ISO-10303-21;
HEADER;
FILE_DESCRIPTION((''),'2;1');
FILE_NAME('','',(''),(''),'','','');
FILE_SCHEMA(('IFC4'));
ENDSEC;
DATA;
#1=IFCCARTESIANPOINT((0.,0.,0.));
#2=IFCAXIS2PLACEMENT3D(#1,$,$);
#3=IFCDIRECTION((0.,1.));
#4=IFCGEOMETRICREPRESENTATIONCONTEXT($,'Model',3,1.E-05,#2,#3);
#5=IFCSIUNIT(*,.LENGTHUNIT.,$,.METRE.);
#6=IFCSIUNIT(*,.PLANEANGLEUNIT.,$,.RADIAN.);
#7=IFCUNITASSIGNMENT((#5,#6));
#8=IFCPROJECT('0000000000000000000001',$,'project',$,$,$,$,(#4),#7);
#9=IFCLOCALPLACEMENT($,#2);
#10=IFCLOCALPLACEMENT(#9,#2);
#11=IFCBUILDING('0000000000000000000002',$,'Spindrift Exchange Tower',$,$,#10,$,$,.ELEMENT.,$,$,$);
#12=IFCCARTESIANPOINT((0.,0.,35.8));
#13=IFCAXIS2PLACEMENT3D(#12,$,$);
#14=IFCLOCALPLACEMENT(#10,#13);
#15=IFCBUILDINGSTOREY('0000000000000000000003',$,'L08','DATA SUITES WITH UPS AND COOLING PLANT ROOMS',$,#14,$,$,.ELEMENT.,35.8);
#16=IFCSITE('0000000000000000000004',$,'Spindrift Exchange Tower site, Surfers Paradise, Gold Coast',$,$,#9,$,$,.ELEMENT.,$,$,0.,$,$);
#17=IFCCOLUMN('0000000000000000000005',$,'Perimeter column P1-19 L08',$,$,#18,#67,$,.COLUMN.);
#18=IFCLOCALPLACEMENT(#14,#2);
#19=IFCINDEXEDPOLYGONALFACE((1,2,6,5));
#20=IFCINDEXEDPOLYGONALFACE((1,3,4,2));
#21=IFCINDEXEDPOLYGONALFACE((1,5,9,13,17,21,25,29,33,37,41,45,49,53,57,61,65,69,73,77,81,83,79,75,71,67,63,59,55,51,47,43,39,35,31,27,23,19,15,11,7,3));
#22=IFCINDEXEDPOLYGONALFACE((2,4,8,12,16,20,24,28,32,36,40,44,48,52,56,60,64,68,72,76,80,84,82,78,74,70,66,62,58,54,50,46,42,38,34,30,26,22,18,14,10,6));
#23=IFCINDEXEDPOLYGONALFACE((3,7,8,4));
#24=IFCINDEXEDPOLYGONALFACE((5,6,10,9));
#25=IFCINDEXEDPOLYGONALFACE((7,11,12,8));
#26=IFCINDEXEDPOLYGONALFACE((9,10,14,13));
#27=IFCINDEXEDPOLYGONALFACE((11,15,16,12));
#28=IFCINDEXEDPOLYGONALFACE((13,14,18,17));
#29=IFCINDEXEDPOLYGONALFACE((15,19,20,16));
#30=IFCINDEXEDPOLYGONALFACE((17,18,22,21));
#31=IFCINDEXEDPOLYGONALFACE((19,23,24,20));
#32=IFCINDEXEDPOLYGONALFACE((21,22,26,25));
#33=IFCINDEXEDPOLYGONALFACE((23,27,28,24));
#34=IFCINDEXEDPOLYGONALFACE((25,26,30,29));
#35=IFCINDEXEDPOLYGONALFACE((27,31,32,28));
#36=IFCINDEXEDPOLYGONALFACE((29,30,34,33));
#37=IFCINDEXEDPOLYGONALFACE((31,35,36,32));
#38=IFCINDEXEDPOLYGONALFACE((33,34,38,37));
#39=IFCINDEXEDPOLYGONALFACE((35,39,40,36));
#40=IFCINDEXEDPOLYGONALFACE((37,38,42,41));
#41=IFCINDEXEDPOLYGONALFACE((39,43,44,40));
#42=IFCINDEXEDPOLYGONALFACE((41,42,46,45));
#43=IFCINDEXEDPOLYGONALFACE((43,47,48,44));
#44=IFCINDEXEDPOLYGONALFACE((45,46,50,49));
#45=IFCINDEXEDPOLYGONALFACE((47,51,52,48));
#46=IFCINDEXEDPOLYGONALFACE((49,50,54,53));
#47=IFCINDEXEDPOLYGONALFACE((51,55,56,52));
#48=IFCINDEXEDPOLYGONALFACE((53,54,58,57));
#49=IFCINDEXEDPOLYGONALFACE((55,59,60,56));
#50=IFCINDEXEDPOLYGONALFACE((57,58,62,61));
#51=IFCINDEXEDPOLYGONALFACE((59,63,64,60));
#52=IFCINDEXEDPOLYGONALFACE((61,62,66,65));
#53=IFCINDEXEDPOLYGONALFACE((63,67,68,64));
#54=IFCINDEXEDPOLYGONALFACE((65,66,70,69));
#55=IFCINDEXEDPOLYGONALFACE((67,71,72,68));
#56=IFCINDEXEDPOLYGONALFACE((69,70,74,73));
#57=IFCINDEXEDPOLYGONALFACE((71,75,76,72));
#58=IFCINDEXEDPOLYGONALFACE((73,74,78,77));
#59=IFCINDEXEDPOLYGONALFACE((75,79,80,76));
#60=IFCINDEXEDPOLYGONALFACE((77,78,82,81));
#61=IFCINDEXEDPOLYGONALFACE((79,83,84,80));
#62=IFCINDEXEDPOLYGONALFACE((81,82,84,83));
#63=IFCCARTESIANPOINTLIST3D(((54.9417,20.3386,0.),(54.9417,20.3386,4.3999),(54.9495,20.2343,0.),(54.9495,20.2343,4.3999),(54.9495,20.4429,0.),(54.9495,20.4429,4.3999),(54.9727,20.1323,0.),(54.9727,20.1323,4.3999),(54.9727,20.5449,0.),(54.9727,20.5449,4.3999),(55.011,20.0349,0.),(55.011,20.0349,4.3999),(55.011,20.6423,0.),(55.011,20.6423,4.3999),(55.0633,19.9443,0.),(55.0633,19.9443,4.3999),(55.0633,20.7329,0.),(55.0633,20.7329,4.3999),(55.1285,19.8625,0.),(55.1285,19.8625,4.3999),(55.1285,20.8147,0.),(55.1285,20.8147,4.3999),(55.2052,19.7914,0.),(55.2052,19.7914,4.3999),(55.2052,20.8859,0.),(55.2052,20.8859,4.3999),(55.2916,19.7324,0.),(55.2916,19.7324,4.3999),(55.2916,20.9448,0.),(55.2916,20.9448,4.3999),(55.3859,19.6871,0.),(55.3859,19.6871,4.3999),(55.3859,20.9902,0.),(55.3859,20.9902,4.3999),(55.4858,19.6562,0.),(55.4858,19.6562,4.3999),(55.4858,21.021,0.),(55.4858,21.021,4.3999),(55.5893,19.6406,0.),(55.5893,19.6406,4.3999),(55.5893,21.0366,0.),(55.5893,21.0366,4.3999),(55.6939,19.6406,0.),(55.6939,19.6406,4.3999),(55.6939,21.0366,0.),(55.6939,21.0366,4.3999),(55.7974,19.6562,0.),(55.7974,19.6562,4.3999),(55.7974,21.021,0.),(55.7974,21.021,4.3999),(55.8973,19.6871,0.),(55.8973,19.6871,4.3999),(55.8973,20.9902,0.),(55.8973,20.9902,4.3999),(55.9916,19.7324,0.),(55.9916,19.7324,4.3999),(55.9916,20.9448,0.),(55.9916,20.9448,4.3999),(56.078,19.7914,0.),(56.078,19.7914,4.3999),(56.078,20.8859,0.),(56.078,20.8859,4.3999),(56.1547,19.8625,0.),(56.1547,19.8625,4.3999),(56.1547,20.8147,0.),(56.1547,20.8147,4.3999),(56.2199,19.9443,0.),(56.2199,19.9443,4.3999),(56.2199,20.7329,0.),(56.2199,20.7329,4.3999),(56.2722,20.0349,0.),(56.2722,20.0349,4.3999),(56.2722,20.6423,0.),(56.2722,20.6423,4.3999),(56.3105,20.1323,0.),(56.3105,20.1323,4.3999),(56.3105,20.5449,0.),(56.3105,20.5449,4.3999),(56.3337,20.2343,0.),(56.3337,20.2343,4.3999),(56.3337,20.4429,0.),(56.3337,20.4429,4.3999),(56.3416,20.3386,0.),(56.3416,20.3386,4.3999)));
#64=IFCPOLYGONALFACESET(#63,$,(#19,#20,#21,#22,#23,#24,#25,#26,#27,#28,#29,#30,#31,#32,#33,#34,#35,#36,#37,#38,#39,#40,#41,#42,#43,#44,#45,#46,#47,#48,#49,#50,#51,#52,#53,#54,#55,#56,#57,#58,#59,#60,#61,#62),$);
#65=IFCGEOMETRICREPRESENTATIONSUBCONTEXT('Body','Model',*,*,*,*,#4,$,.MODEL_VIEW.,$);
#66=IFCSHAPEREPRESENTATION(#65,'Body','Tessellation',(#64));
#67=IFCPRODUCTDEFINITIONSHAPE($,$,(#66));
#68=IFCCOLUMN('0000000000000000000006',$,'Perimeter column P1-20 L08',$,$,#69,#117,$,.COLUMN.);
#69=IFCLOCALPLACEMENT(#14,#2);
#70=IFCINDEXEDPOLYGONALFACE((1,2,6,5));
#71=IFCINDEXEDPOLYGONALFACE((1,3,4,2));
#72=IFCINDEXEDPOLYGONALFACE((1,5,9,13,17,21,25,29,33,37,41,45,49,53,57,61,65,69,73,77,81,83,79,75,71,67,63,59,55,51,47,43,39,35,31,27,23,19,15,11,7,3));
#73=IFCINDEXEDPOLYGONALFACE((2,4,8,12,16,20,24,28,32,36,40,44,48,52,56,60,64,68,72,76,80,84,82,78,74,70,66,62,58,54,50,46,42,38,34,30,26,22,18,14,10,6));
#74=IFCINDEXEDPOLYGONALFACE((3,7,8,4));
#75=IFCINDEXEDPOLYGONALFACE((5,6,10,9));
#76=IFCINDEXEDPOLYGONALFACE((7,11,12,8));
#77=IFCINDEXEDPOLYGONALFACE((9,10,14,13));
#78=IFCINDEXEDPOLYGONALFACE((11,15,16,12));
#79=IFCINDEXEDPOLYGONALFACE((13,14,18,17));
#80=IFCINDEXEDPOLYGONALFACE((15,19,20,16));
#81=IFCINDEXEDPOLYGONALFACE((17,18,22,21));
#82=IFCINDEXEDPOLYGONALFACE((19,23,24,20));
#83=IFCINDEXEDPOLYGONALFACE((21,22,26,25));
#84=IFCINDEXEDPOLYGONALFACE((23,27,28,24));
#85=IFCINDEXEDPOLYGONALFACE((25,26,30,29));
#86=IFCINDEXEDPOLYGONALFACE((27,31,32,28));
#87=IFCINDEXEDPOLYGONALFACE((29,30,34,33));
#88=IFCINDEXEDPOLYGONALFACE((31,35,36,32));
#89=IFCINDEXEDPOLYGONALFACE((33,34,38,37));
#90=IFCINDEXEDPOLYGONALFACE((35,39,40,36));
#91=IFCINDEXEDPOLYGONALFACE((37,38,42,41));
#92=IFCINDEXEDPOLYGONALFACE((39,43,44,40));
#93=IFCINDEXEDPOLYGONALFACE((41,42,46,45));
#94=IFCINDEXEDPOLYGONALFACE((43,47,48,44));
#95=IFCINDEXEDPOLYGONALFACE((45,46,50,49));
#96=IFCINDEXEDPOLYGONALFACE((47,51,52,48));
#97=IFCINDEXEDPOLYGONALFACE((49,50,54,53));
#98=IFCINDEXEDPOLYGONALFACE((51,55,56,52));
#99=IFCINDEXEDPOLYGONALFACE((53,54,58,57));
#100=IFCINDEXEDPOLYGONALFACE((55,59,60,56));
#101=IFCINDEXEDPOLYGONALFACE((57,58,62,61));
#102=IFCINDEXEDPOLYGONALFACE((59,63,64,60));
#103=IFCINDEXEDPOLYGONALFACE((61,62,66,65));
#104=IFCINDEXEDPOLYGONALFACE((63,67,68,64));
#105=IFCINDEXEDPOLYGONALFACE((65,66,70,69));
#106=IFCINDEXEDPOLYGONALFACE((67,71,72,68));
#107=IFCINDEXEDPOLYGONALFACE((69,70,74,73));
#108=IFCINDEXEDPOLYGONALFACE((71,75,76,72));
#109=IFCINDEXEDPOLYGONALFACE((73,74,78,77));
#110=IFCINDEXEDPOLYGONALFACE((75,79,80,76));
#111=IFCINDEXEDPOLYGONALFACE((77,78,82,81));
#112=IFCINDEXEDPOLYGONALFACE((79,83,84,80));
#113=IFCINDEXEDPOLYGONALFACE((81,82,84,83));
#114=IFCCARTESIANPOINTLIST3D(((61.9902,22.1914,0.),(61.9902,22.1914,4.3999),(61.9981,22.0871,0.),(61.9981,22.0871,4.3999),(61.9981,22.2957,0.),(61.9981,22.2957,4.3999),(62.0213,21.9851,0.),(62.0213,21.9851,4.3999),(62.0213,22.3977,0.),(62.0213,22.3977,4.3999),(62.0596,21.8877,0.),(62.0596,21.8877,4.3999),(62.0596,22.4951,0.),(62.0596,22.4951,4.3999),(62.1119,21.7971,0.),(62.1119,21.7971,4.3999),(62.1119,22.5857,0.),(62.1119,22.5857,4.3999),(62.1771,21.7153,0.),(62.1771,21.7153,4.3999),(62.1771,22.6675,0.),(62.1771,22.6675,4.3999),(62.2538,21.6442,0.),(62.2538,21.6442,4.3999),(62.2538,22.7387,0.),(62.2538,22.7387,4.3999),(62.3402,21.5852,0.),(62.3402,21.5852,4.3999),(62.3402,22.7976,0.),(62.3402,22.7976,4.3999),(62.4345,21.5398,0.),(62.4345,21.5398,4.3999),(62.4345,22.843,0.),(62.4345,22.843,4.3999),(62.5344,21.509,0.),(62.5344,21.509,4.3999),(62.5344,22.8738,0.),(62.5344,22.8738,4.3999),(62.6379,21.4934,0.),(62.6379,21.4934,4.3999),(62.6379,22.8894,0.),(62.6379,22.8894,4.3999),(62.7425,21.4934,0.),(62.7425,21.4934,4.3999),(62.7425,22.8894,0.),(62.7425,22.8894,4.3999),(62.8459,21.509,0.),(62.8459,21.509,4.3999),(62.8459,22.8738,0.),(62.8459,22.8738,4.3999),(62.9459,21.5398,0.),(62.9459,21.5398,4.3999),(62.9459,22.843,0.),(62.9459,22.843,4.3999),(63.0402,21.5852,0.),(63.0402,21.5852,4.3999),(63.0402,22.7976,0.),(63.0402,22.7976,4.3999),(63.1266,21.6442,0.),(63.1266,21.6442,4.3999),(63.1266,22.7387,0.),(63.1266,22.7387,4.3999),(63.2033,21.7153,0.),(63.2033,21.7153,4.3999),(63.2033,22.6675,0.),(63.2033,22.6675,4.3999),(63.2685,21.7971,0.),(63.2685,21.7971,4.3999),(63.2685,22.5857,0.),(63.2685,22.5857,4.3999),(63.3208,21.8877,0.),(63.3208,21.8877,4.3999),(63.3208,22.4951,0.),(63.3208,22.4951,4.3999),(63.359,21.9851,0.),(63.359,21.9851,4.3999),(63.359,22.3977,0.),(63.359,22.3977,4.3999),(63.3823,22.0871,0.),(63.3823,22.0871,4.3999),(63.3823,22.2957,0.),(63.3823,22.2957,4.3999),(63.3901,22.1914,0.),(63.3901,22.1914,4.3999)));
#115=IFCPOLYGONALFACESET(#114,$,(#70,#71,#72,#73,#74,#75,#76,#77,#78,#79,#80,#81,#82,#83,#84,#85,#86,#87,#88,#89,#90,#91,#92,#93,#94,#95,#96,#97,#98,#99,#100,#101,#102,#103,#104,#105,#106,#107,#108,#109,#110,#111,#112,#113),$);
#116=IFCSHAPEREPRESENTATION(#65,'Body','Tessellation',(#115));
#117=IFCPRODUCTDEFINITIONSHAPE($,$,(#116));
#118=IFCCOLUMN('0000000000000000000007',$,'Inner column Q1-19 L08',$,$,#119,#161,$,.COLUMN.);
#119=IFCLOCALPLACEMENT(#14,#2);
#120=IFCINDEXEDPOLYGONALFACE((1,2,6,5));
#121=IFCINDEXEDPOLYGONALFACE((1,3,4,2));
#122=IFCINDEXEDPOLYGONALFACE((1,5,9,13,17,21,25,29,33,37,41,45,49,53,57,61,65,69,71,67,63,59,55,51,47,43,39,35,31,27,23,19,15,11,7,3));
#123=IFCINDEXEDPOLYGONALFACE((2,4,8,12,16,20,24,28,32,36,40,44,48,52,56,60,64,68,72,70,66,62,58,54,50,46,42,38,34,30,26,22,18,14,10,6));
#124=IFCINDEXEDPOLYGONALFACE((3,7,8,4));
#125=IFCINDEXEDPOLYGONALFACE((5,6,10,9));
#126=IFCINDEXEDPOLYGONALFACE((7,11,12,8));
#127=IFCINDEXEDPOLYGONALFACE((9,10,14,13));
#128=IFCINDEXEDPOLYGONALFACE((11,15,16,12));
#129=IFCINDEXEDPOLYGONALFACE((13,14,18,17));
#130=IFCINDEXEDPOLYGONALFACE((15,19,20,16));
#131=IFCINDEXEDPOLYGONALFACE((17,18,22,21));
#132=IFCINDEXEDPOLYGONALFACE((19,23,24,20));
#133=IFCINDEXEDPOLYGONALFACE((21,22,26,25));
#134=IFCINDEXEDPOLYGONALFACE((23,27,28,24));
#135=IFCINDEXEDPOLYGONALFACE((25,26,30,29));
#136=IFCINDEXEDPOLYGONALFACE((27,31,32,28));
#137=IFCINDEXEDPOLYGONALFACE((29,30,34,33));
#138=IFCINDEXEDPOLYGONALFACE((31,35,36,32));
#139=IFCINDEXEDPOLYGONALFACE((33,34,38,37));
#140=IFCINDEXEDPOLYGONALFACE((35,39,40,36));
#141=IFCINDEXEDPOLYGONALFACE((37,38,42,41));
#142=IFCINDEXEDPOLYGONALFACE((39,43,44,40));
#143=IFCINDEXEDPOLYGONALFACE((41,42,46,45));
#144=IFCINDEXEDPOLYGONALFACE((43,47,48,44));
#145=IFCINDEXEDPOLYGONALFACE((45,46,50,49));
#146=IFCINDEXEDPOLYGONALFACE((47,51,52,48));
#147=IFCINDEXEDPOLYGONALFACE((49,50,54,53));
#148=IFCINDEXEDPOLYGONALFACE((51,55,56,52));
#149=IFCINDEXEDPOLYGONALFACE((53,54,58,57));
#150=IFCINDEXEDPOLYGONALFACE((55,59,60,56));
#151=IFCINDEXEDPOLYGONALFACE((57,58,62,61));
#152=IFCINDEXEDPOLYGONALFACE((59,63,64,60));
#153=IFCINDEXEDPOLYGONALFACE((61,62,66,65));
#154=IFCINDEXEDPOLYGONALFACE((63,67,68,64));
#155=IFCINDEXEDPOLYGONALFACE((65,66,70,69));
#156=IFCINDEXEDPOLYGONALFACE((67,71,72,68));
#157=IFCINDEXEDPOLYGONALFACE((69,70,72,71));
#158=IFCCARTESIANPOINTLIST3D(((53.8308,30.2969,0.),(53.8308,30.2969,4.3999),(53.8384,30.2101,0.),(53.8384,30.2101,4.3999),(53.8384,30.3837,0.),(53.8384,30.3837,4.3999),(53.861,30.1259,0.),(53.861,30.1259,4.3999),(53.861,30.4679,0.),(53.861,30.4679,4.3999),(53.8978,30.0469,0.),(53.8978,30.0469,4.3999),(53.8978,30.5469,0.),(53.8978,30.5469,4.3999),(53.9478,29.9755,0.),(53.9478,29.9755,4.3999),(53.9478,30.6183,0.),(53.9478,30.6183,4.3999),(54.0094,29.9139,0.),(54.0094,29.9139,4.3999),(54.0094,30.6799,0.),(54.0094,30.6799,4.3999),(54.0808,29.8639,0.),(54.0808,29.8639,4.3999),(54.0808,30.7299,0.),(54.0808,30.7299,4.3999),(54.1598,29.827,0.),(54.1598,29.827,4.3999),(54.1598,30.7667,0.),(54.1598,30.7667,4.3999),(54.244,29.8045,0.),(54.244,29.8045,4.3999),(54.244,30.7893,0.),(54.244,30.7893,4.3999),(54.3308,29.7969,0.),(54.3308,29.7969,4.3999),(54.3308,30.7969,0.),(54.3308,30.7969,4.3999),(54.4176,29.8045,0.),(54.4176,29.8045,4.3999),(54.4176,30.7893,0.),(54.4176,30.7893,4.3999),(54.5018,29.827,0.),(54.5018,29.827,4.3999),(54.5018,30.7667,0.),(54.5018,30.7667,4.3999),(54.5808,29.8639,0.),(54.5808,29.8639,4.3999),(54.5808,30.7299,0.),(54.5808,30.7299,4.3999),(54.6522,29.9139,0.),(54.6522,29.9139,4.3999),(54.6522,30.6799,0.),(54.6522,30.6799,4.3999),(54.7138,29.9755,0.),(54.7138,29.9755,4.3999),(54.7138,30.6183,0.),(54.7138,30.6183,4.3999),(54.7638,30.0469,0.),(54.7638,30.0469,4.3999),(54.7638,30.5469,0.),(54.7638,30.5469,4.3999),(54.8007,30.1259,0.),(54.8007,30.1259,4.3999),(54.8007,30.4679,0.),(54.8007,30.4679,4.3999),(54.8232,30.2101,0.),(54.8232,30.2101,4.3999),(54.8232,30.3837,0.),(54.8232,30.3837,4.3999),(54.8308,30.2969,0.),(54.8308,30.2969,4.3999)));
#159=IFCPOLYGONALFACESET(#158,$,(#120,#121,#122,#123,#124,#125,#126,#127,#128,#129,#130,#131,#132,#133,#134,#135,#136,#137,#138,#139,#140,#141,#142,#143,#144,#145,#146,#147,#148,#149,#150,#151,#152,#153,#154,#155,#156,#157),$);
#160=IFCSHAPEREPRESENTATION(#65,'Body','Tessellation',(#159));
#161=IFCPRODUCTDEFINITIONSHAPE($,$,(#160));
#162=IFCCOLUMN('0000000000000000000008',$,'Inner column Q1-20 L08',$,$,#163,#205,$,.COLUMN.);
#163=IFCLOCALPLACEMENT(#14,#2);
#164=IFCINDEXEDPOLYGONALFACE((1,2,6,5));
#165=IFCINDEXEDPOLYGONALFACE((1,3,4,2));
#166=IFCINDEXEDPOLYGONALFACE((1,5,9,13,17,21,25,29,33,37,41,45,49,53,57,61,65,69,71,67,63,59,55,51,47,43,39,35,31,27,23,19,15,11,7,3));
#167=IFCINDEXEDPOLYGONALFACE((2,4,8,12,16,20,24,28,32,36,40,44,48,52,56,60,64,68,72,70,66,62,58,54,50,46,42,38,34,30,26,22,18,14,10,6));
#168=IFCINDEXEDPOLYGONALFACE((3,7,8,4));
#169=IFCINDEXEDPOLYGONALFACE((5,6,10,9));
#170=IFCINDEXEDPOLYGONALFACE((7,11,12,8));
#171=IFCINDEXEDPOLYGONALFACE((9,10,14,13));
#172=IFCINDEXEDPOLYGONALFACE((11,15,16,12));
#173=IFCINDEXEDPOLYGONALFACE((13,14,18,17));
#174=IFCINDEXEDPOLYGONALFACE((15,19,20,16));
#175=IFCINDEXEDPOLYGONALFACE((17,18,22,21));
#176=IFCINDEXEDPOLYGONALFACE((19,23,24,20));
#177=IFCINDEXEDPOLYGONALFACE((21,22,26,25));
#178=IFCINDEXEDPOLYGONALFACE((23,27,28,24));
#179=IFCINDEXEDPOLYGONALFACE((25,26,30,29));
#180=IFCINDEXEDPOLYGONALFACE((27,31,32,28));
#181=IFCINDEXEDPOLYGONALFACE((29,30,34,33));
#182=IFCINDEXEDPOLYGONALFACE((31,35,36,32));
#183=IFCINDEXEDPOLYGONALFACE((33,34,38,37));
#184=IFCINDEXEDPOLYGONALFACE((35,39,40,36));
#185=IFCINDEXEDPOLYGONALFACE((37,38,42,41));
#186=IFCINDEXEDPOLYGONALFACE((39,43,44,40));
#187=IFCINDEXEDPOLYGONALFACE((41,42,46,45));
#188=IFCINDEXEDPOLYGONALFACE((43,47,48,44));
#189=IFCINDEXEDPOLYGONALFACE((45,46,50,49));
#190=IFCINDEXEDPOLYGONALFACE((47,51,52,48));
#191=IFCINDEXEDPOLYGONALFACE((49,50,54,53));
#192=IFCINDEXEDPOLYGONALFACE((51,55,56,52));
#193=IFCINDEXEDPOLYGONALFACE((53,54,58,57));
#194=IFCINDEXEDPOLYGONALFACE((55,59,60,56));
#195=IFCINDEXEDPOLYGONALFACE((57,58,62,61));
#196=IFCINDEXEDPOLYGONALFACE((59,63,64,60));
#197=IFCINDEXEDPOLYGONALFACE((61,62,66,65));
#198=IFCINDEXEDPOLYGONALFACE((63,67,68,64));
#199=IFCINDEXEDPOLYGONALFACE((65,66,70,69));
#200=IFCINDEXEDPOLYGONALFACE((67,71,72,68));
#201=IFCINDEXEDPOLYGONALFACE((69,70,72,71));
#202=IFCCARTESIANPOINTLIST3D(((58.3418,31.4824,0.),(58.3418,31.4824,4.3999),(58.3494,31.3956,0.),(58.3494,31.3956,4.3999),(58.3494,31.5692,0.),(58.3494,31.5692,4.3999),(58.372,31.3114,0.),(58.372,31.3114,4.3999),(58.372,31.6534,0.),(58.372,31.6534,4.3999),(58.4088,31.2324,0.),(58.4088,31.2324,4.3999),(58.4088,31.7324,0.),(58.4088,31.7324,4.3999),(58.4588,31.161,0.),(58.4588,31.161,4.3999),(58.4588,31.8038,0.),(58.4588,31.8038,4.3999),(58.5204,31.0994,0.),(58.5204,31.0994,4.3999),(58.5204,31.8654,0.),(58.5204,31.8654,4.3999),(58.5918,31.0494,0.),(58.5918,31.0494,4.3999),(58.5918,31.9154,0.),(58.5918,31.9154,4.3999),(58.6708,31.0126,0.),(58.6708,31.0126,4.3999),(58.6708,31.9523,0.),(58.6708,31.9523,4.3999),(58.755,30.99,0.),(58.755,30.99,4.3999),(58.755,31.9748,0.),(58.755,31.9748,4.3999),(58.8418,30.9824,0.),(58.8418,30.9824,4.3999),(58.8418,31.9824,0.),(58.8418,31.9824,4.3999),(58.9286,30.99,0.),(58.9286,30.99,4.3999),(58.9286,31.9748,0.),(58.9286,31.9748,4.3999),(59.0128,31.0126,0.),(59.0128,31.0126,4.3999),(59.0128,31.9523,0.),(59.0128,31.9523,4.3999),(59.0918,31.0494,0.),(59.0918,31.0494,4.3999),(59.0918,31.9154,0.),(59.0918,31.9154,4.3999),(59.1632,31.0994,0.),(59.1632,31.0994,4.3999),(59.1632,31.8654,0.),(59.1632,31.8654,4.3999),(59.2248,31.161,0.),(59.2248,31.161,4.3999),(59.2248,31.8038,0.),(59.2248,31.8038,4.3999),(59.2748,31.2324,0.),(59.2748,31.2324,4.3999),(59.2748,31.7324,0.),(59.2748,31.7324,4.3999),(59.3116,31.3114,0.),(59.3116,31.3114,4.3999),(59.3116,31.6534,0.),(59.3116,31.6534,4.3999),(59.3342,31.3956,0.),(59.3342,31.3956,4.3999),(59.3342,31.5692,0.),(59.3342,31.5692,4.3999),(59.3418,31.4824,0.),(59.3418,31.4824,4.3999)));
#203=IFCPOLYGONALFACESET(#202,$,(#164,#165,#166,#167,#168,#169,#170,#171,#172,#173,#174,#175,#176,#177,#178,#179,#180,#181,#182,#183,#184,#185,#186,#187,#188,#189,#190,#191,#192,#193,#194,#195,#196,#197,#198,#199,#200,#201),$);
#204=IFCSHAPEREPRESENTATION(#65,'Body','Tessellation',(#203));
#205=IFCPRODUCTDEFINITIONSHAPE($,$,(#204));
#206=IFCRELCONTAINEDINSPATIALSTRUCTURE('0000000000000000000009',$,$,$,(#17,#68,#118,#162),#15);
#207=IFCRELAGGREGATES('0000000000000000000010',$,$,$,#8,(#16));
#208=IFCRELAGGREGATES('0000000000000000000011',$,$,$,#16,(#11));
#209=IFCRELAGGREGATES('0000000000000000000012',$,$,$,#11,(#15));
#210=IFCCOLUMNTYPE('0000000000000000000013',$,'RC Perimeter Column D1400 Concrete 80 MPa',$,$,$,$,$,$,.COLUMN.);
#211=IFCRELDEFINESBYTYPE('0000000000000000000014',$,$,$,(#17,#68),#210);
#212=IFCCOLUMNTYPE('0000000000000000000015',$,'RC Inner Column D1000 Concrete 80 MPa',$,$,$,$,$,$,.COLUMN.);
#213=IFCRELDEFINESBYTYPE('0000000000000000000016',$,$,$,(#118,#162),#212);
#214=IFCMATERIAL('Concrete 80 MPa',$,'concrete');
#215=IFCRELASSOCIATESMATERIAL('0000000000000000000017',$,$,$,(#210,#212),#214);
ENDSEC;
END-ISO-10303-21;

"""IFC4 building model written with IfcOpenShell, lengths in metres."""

from ifc_helpers import new_model, si_unit, direction, frame, origin, origin_2d, place, context, subcontext, project, spatial, circle, extrude, source, transform, mapped, material, material_profile, profile_set, type_object, element, save


model = new_model("IFC4")

# Units and contexts
model_context = context("Model", 3, precision=1e-05, world=origin(), true_north=direction((0.0, 1.0)))
body_context = subcontext(model_context, "Body", "Model", "MODEL_VIEW")
ifc_project = project(units=[si_unit("LENGTHUNIT", "METRE"), si_unit("PLANEANGLEUNIT", "RADIAN")], contexts=[model_context])

# Site, building, storey
site_placement = place(None, origin())
site = spatial("IfcSite", under=ifc_project, at=site_placement, Name="Spindrift Exchange Tower site, Surfers Paradise, Gold Coast", CompositionType="ELEMENT", RefElevation=0.0)
building_placement = place(site_placement, origin())
building = spatial("IfcBuilding", under=site, at=building_placement, Name="Spindrift Exchange Tower", CompositionType="ELEMENT")
storey_placement = place(building_placement, frame((0.0, 0.0, 35.8)))
storey = spatial("IfcBuildingStorey", under=building, at=storey_placement, Name="L08", Description="DATA SUITES WITH UPS AND COOLING PLANT ROOMS", CompositionType="ELEMENT", Elevation=35.8)

# Columns
ifc_material_1 = material(Name="Concrete 80 MPa", Category="concrete")
ifc_material_profile_1 = material_profile(ifc_material_1, circle(Radius=0.7, at=origin_2d()), Name="RC D1400")
ifc_profile_set_1 = profile_set([ifc_material_profile_1], Name="Concrete 80 MPa")
column_type_1 = type_object("IfcColumnType", Name="RC Perimeter Column D1400 Concrete 80 MPa", PredefinedType="COLUMN", material=ifc_profile_set_1)
shared_shape_1 = source(origin(), body_context, "Body", "SweptSolid", [
    extrude(circle(Radius=0.7, at=origin_2d()), origin(), (0.0, 0.0, 1.0), 4.3999),
])
for number, where, z_axis, x_axis, name in (
    (1, (55.6416, 20.3386, 0.0), (0.0, 0.0, 1.0), (1.0, 0.0, 0.0), "Perimeter column P1-19 L08"),
    (2, (62.6902, 22.1914, 0.0), (0.0, 0.0, 1.0), (1.0, 0.0, 0.0), "Perimeter column P1-20 L08"),
):
    element("IfcColumn", number, at=place(storey_placement, frame(where, z_axis=z_axis, x_axis=x_axis)), inside=storey, type_object=column_type_1, Name=name, PredefinedType="COLUMN", context=body_context, shape_type="MappedRepresentation", body=[
        mapped(shared_shape_1, transform((0.0, 0.0, 0.0), scale=1.0)),
    ])
ifc_material_profile_2 = material_profile(ifc_material_1, circle(Radius=0.5, at=origin_2d()), Name="RC D1000")
ifc_profile_set_2 = profile_set([ifc_material_profile_2], Name="Concrete 80 MPa")
column_type_2 = type_object("IfcColumnType", Name="RC Inner Column D1000 Concrete 80 MPa", PredefinedType="COLUMN", material=ifc_profile_set_2)
shared_shape_2 = source(origin(), body_context, "Body", "SweptSolid", [
    extrude(circle(Radius=0.5, at=origin_2d()), origin(), (0.0, 0.0, 1.0), 4.3999),
])
for number, where, z_axis, x_axis, name in (
    (3, (54.3308, 30.2969, 0.0), (0.0, 0.0, 1.0), (1.0, 0.0, 0.0), "Inner column Q1-19 L08"),
    (4, (58.8418, 31.4824, 0.0), (0.0, 0.0, 1.0), (1.0, 0.0, 0.0), "Inner column Q1-20 L08"),
):
    element("IfcColumn", number, at=place(storey_placement, frame(where, z_axis=z_axis, x_axis=x_axis)), inside=storey, type_object=column_type_2, Name=name, PredefinedType="COLUMN", context=body_context, shape_type="MappedRepresentation", body=[
        mapped(shared_shape_2, transform((0.0, 0.0, 0.0), scale=1.0)),
    ])

save(model, "model.ifc")
